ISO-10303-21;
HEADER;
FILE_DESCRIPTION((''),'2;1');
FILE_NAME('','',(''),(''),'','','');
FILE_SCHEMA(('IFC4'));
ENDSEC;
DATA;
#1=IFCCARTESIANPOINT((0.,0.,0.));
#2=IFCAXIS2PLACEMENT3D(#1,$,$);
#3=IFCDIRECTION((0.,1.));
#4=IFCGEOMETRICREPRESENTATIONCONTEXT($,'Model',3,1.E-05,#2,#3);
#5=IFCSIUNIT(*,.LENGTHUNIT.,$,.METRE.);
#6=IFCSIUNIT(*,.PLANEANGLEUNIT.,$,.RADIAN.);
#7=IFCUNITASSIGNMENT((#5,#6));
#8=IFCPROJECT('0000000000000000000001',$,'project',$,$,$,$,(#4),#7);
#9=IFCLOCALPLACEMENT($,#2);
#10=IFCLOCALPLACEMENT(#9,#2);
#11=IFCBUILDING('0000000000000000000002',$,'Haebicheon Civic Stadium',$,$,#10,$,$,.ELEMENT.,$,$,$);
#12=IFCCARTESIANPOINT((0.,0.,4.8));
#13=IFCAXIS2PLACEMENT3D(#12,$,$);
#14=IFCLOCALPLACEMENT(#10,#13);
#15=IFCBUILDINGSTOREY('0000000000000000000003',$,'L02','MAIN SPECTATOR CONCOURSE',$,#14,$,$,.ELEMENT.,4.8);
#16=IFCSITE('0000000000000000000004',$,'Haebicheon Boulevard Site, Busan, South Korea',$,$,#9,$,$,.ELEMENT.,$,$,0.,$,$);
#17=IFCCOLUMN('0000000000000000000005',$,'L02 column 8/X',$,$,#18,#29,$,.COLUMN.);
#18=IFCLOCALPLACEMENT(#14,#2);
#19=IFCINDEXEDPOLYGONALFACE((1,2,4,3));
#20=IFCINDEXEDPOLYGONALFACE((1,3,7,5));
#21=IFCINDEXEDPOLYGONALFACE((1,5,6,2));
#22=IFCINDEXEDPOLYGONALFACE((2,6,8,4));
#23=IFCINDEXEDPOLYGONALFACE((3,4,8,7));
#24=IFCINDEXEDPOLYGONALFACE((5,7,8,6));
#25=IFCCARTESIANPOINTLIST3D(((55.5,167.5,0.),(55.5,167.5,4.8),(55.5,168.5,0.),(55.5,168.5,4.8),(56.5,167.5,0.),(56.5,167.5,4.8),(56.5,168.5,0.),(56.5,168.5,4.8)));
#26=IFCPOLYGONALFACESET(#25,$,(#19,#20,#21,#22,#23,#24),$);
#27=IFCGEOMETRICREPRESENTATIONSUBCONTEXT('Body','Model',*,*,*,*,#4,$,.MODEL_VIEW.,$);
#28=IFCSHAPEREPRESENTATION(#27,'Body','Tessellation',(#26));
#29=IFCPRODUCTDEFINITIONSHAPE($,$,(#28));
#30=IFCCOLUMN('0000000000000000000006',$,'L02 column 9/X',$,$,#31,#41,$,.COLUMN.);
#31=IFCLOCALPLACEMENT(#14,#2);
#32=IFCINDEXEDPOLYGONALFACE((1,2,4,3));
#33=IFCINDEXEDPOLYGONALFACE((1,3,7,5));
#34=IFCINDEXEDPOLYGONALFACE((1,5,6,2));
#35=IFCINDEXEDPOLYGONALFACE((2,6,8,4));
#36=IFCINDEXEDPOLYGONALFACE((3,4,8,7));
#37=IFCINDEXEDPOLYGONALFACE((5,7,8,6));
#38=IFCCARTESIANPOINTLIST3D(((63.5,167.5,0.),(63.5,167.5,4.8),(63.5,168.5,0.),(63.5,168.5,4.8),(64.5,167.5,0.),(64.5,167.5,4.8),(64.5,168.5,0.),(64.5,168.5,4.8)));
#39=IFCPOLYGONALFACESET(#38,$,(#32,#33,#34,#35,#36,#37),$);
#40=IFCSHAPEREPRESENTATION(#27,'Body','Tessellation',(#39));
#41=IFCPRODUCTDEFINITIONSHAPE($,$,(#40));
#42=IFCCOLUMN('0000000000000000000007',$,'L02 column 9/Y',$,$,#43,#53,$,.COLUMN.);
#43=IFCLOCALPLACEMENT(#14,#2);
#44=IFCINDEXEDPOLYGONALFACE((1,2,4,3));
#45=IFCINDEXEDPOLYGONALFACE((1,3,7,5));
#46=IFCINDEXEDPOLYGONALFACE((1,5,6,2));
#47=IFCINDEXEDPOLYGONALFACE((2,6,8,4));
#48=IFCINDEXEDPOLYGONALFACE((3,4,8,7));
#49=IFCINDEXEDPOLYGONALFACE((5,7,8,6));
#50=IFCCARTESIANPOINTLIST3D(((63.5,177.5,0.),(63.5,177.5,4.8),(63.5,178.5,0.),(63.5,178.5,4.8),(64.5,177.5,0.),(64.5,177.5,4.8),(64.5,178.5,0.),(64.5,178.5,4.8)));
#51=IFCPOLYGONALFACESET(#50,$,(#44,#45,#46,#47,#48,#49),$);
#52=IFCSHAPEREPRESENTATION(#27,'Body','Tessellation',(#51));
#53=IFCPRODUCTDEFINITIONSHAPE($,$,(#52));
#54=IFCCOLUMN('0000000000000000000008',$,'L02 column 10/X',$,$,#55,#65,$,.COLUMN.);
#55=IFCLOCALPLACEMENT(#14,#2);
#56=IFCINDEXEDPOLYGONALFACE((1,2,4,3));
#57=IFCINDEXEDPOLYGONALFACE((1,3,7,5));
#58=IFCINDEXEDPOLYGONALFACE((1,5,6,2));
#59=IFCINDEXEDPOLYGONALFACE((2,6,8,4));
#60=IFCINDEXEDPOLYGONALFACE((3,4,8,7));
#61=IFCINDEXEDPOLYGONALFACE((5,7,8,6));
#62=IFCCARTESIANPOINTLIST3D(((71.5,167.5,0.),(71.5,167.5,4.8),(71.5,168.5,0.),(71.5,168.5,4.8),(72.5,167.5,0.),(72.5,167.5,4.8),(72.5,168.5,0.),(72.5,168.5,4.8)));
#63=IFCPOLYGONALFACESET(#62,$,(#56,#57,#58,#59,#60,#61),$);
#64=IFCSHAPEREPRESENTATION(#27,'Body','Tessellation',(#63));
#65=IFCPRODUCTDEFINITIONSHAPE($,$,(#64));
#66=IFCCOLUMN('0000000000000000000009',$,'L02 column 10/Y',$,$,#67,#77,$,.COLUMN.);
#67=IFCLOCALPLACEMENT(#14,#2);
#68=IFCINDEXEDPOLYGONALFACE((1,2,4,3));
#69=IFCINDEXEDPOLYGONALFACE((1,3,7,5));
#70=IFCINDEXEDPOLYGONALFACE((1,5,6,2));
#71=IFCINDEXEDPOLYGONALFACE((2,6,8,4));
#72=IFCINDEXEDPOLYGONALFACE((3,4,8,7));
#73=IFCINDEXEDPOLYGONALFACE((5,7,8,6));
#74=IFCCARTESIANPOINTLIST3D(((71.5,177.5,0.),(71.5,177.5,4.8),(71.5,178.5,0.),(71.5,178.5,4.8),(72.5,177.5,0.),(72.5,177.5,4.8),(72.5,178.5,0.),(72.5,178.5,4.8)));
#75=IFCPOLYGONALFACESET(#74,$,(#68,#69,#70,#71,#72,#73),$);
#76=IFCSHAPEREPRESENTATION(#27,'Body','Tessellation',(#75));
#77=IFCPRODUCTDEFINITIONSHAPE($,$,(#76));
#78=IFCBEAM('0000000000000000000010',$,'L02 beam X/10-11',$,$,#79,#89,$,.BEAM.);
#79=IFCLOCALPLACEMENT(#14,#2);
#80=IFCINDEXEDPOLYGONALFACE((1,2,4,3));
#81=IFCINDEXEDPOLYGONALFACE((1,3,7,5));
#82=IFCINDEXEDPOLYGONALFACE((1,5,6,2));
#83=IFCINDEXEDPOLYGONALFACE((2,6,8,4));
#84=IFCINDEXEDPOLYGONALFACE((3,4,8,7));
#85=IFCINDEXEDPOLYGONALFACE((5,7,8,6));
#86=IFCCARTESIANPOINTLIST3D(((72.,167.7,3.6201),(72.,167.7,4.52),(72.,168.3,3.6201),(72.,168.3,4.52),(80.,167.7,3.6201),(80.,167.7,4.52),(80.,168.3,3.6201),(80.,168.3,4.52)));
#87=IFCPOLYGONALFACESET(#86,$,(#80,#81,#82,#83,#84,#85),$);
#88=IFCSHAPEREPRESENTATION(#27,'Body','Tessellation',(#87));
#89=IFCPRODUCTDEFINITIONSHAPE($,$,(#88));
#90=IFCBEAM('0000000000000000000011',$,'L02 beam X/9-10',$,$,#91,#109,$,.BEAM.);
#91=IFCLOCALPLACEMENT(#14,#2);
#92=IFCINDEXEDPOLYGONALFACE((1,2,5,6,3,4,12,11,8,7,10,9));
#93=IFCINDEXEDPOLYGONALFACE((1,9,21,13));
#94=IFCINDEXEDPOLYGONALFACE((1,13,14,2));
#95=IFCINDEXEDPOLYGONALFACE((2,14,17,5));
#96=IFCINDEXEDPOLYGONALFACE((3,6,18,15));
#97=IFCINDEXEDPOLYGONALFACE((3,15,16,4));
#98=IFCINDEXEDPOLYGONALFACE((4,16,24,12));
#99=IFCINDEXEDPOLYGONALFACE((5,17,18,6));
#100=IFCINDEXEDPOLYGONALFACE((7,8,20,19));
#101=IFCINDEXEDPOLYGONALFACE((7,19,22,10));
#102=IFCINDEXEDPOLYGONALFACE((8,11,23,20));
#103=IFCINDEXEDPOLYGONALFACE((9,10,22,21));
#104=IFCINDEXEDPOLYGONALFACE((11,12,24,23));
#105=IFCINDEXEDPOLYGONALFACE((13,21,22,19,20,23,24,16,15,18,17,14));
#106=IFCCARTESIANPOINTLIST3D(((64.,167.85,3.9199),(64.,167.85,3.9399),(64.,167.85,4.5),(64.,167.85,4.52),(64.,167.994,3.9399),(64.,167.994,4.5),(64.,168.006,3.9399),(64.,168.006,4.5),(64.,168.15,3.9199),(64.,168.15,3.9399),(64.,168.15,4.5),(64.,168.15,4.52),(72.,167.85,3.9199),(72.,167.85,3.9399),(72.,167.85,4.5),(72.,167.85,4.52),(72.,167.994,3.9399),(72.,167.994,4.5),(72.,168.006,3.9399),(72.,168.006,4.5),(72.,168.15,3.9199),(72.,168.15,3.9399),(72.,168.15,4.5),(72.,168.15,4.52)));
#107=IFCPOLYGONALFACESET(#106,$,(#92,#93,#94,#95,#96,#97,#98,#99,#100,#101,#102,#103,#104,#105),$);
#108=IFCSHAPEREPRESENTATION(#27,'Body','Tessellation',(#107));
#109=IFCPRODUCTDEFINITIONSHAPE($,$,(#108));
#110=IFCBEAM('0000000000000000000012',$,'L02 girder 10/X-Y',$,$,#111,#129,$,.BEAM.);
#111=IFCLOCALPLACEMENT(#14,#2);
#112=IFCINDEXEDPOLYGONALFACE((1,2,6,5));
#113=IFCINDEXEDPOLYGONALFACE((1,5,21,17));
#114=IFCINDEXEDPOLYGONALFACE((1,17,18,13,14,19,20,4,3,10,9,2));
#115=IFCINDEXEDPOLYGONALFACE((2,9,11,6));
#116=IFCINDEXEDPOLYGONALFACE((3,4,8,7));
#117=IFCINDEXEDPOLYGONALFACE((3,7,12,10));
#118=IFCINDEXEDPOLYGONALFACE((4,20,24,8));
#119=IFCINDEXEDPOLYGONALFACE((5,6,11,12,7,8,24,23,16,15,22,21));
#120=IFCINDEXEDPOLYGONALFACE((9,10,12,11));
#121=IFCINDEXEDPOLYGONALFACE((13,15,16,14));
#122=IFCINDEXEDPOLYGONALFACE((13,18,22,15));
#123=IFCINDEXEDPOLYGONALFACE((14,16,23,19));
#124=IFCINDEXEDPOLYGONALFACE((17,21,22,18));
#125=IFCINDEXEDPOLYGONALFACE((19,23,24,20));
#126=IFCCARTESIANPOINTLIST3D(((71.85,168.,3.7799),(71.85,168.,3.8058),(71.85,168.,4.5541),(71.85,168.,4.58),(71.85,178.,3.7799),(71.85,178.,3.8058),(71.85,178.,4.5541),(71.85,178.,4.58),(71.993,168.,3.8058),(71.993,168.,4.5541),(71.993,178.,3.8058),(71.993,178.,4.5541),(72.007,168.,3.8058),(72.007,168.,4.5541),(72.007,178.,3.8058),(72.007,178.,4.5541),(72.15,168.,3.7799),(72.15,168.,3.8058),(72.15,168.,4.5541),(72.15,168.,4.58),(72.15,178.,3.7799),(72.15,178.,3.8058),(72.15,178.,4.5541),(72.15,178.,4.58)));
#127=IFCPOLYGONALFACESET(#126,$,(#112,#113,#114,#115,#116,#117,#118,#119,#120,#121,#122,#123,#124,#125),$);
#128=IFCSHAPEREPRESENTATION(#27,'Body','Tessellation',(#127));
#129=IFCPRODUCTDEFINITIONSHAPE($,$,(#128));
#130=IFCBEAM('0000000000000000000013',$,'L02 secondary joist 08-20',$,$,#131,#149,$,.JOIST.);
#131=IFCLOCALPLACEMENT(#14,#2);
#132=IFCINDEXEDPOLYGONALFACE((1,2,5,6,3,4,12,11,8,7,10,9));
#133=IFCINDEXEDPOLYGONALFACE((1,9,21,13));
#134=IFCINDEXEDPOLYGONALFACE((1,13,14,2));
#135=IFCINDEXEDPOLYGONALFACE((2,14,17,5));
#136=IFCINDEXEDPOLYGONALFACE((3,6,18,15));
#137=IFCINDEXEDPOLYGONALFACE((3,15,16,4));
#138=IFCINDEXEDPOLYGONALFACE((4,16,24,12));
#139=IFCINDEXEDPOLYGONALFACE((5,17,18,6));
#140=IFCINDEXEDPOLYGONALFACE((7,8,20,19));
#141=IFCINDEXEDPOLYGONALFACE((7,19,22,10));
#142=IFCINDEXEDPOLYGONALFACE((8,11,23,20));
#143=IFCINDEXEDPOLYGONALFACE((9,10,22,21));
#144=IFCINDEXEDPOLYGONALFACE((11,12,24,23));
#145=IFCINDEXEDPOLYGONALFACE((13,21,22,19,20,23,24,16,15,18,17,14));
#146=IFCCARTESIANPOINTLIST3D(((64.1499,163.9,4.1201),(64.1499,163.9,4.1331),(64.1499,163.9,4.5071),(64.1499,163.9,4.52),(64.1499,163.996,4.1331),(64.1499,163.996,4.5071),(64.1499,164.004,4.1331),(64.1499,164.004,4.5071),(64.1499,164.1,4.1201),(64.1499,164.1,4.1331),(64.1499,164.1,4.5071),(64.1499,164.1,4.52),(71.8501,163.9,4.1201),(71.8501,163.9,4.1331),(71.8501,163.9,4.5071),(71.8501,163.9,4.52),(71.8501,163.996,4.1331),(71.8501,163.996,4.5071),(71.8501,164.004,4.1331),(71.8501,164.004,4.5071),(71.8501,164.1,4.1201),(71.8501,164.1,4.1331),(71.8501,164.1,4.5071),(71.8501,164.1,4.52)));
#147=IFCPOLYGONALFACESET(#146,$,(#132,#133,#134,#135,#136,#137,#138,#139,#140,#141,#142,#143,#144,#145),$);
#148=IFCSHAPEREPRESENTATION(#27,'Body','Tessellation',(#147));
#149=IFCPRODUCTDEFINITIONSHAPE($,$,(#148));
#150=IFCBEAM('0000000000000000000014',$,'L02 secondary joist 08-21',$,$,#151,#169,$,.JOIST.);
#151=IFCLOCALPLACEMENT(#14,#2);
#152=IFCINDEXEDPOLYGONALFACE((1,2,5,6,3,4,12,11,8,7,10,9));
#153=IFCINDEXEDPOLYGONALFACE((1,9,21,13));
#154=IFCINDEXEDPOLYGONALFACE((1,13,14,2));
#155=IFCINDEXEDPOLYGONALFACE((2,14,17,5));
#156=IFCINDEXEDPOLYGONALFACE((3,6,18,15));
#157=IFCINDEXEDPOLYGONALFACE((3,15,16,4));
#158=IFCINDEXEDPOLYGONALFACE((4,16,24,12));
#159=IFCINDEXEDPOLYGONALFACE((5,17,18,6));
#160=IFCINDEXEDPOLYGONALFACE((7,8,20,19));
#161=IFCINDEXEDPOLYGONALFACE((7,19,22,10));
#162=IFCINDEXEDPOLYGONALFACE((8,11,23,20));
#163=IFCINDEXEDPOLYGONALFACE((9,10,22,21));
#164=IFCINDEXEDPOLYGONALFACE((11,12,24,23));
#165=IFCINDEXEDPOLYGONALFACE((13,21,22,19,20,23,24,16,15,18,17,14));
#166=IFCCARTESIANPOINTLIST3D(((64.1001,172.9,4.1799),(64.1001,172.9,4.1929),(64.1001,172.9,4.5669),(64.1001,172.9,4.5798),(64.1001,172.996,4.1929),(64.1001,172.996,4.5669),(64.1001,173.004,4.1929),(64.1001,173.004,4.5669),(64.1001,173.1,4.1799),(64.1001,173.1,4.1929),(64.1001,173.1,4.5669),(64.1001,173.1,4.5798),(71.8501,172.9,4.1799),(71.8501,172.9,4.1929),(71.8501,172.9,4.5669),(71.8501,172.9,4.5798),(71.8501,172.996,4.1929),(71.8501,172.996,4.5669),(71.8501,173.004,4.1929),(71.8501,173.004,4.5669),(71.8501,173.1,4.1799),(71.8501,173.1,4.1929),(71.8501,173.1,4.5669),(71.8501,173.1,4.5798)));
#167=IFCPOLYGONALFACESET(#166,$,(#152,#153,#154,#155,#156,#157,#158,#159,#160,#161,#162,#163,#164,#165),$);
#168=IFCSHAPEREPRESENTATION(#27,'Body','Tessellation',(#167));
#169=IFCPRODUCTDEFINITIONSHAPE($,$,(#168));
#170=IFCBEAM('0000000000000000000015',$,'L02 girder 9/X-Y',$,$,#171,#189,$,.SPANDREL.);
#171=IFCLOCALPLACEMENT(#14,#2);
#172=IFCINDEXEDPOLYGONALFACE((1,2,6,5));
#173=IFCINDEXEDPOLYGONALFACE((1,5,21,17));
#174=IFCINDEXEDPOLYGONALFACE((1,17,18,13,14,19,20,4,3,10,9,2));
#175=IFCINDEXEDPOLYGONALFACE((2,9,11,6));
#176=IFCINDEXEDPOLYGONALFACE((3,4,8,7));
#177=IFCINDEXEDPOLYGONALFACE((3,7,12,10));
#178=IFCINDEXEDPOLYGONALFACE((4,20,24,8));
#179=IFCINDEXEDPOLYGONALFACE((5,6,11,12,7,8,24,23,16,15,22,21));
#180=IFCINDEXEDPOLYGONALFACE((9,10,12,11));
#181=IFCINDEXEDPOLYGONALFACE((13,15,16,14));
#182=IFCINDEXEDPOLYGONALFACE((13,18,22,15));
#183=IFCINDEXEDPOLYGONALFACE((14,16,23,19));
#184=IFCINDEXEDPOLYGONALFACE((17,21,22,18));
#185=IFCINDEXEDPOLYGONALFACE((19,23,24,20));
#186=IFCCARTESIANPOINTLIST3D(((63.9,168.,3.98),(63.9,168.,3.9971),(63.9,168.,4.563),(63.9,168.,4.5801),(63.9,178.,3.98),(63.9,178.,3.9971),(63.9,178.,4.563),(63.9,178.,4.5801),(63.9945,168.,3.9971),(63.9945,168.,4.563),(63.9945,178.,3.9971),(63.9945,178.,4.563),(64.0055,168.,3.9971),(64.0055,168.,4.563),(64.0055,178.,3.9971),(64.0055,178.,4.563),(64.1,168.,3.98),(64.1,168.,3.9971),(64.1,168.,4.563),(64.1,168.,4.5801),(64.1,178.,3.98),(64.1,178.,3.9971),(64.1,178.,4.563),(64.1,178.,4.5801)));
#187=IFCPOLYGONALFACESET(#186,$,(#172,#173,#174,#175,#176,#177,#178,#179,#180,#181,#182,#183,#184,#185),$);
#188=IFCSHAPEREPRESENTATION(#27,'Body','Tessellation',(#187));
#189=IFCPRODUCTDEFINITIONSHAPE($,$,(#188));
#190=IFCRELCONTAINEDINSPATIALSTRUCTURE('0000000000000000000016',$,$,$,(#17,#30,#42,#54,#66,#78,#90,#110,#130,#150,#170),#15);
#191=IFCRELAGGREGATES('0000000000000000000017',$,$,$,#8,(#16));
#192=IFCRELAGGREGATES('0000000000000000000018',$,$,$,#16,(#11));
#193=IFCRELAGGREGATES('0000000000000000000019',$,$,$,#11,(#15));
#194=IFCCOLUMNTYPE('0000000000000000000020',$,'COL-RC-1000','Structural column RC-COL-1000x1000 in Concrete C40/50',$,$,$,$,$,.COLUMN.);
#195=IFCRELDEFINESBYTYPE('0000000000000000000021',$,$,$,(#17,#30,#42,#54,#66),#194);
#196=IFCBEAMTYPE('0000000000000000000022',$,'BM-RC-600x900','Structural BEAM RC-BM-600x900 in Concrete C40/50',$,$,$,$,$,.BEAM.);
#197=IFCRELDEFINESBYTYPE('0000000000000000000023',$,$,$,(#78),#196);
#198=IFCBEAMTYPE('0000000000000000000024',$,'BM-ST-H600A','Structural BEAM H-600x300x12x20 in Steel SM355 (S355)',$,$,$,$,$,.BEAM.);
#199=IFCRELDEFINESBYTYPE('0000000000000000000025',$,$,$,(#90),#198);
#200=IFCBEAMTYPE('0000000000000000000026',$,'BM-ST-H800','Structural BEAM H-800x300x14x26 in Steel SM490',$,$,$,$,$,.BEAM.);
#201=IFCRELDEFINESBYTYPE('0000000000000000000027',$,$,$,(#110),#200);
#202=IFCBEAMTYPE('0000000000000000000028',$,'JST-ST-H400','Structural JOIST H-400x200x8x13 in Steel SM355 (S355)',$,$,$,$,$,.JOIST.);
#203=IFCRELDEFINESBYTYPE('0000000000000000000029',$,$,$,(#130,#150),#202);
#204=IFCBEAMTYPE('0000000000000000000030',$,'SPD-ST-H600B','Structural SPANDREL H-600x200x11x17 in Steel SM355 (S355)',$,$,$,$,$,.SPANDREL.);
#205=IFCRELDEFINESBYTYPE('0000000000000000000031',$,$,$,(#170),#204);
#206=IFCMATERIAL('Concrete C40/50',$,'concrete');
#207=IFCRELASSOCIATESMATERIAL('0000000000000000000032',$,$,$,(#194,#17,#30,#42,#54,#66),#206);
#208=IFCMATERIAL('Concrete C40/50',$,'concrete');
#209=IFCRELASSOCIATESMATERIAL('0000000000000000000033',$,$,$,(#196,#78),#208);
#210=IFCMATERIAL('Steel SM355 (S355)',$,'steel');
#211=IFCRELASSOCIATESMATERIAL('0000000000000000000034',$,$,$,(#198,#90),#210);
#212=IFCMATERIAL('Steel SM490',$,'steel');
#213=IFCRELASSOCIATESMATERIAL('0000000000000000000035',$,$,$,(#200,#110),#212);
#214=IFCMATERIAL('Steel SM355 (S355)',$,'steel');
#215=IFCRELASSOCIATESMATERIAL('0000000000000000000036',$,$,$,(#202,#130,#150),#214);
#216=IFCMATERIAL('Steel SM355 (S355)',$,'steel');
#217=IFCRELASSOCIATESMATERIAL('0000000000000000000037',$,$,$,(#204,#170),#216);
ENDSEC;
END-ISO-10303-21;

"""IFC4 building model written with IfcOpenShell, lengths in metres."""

from ifc_helpers import new_model, si_unit, direction, frame, origin, origin_2d, place, context, subcontext, project, spatial, rectangle, i_section, extrude, material, material_profile, profile_set, type_object, element, save


model = new_model("IFC4")

# Units and contexts
model_context = context("Model", 3, precision=1e-05, world=origin(), true_north=direction((0.0, 1.0)))
body_context = subcontext(model_context, "Body", "Model", "MODEL_VIEW")
ifc_project = project(units=[si_unit("LENGTHUNIT", "METRE"), si_unit("PLANEANGLEUNIT", "RADIAN")], contexts=[model_context])

# Site, building, storey
site_placement = place(None, origin())
site = spatial("IfcSite", under=ifc_project, at=site_placement, Name="Haebicheon Boulevard Site, Busan, South Korea", CompositionType="ELEMENT", RefElevation=0.0)
building_placement = place(site_placement, origin())
building = spatial("IfcBuilding", under=site, at=building_placement, Name="Haebicheon Civic Stadium", CompositionType="ELEMENT")
storey_placement = place(building_placement, frame((0.0, 0.0, 4.8)))
storey = spatial("IfcBuildingStorey", under=building, at=storey_placement, Name="L02", Description="MAIN SPECTATOR CONCOURSE", CompositionType="ELEMENT", Elevation=4.8)

# Columns
ifc_material_1 = material(Name="Concrete C40/50", Category="concrete")
ifc_material_profile_1 = material_profile(ifc_material_1, rectangle(XDim=1.0, YDim=1.0, at=origin_2d()), Name="RC-COL-1000x1000")
ifc_profile_set_1 = profile_set([ifc_material_profile_1], Name="Concrete C40/50")
column_type = type_object("IfcColumnType", Name="COL-RC-1000", Description="Structural column RC-COL-1000x1000 in Concrete C40/50", PredefinedType="COLUMN", material=ifc_profile_set_1)
for number, where, z_axis, x_axis, name in (
    (1, (56.0, 168.0, 0.0), (0.0, 0.0, 1.0), (1.0, 0.0, 0.0), "L02 column 8/X"),
    (2, (64.0, 168.0, 0.0), (0.0, 0.0, 1.0), (1.0, 0.0, 0.0), "L02 column 9/X"),
    (3, (64.0, 178.0, 0.0), (0.0, 0.0, 1.0), (1.0, 0.0, 0.0), "L02 column 9/Y"),
    (4, (72.0, 168.0, 0.0), (0.0, 0.0, 1.0), (1.0, 0.0, 0.0), "L02 column 10/X"),
    (5, (72.0, 178.0, 0.0), (0.0, 0.0, 1.0), (1.0, 0.0, 0.0), "L02 column 10/Y"),
):
    element("IfcColumn", number, at=place(storey_placement, frame(where, z_axis=z_axis, x_axis=x_axis)), inside=storey, type_object=column_type, material=ifc_profile_set_1, Name=name, PredefinedType="COLUMN", context=body_context, shape_type="SweptSolid", body=[
        extrude(rectangle(XDim=1.0, YDim=1.0, at=origin_2d()), origin(), (0.0, 0.0, 1.0), 4.8),
    ])

# Beams
ifc_material_2 = material(Name="Concrete C40/50", Category="concrete")
ifc_material_profile_2 = material_profile(ifc_material_2, rectangle(XDim=0.6001, YDim=0.8999, at=origin_2d()), Name="RC-BM-600x900")
ifc_profile_set_2 = profile_set([ifc_material_profile_2], Name="Concrete C40/50")
beam_type_1 = type_object("IfcBeamType", Name="BM-RC-600x900", Description="Structural BEAM RC-BM-600x900 in Concrete C40/50", PredefinedType="BEAM", material=ifc_profile_set_2)
beam_1_placement = place(storey_placement, frame((72.0, 168.0, 4.0701), z_axis=(1.0, 0.0, 0.0), x_axis=(0.0, 1.0, 0.0)))
element("IfcBeam", 6, at=beam_1_placement, inside=storey, type_object=beam_type_1, material=ifc_profile_set_2, Name="L02 beam X/10-11", PredefinedType="BEAM", context=body_context, shape_type="SweptSolid", body=[
    extrude(rectangle(XDim=0.6001, YDim=0.8999, at=origin_2d()), origin(), (0.0, 0.0, 1.0), 8.0),
])
ifc_material_3 = material(Name="Steel SM355 (S355)", Category="steel")
ifc_material_profile_3 = material_profile(ifc_material_3, i_section(OverallWidth=0.3, OverallDepth=0.6001, WebThickness=0.012, FlangeThickness=0.02, at=origin_2d()), Name="H-600x300x12x20")
ifc_profile_set_3 = profile_set([ifc_material_profile_3], Name="Steel SM355 (S355)")
beam_type_2 = type_object("IfcBeamType", Name="BM-ST-H600A", Description="Structural BEAM H-600x300x12x20 in Steel SM355 (S355)", PredefinedType="BEAM", material=ifc_profile_set_3)
beam_2_placement = place(storey_placement, frame((64.0, 168.0, 4.22), z_axis=(1.0, 0.0, 0.0), x_axis=(0.0, 1.0, 0.0)))
element("IfcBeam", 7, at=beam_2_placement, inside=storey, type_object=beam_type_2, material=ifc_profile_set_3, Name="L02 beam X/9-10", PredefinedType="BEAM", context=body_context, shape_type="SweptSolid", body=[
    extrude(i_section(OverallWidth=0.3, OverallDepth=0.6001, WebThickness=0.012, FlangeThickness=0.02, at=origin_2d()), origin(), (0.0, 0.0, 1.0), 8.0),
])
ifc_material_4 = material(Name="Steel SM490", Category="steel")
ifc_material_profile_4 = material_profile(ifc_material_4, i_section(OverallWidth=0.3, OverallDepth=0.8, WebThickness=0.0139, FlangeThickness=0.0259, at=origin_2d()), Name="H-800x300x14x26")
ifc_profile_set_4 = profile_set([ifc_material_profile_4], Name="Steel SM490")
beam_type_3 = type_object("IfcBeamType", Name="BM-ST-H800", Description="Structural BEAM H-800x300x14x26 in Steel SM490", PredefinedType="BEAM", material=ifc_profile_set_4)
beam_3_placement = place(storey_placement, frame((72.0, 168.0, 4.1799), z_axis=(0.0, 1.0, 0.0), x_axis=(-1.0, 0.0, 0.0)))
element("IfcBeam", 8, at=beam_3_placement, inside=storey, type_object=beam_type_3, material=ifc_profile_set_4, Name="L02 girder 10/X-Y", PredefinedType="BEAM", context=body_context, shape_type="SweptSolid", body=[
    extrude(i_section(OverallWidth=0.3, OverallDepth=0.8, WebThickness=0.0139, FlangeThickness=0.0259, at=origin_2d()), origin(), (0.0, 0.0, 1.0), 10.0),
])
ifc_material_5 = material(Name="Steel SM355 (S355)", Category="steel")
ifc_material_profile_5 = material_profile(ifc_material_5, i_section(OverallWidth=0.2, OverallDepth=0.3999, WebThickness=0.0081, FlangeThickness=0.0129, at=origin_2d()), Name="H-400x200x8x13")
ifc_profile_set_5 = profile_set([ifc_material_profile_5], Name="Steel SM355 (S355)")
beam_type_4 = type_object("IfcBeamType", Name="JST-ST-H400", Description="Structural JOIST H-400x200x8x13 in Steel SM355 (S355)", PredefinedType="JOIST", material=ifc_profile_set_5)
beam_4_placement = place(storey_placement, frame((64.1499, 164.0, 4.3201), z_axis=(1.0, 0.0, 0.0), x_axis=(0.0, 1.0, 0.0)))
element("IfcBeam", 9, at=beam_4_placement, inside=storey, type_object=beam_type_4, material=ifc_profile_set_5, Name="L02 secondary joist 08-20", PredefinedType="JOIST", context=body_context, shape_type="SweptSolid", body=[
    extrude(i_section(OverallWidth=0.2, OverallDepth=0.3999, WebThickness=0.0081, FlangeThickness=0.0129, at=origin_2d()), origin(), (0.0, 0.0, 1.0), 7.7002),
])
beam_5_placement = place(storey_placement, frame((64.1001, 173.0, 4.3799), z_axis=(1.0, 0.0, 0.0), x_axis=(0.0, 1.0, 0.0)))
element("IfcBeam", 10, at=beam_5_placement, inside=storey, type_object=beam_type_4, material=ifc_profile_set_5, Name="L02 secondary joist 08-21", PredefinedType="JOIST", context=body_context, shape_type="SweptSolid", body=[
    extrude(i_section(OverallWidth=0.2, OverallDepth=0.3999, WebThickness=0.0081, FlangeThickness=0.0129, at=origin_2d()), origin(), (0.0, 0.0, 1.0), 7.75),
])
ifc_material_6 = material(Name="Steel SM355 (S355)", Category="steel")
ifc_material_profile_6 = material_profile(ifc_material_6, i_section(OverallWidth=0.2, OverallDepth=0.6001, WebThickness=0.011, FlangeThickness=0.0171, at=origin_2d()), Name="H-600x200x11x17")
ifc_profile_set_6 = profile_set([ifc_material_profile_6], Name="Steel SM355 (S355)")
beam_type_5 = type_object("IfcBeamType", Name="SPD-ST-H600B", Description="Structural SPANDREL H-600x200x11x17 in Steel SM355 (S355)", PredefinedType="SPANDREL", material=ifc_profile_set_6)
beam_6_placement = place(storey_placement, frame((64.0, 168.0, 4.28), z_axis=(0.0, 1.0, 0.0), x_axis=(-1.0, 0.0, 0.0)))
element("IfcBeam", 11, at=beam_6_placement, inside=storey, type_object=beam_type_5, material=ifc_profile_set_6, Name="L02 girder 9/X-Y", PredefinedType="SPANDREL", context=body_context, shape_type="SweptSolid", body=[
    extrude(i_section(OverallWidth=0.2, OverallDepth=0.6001, WebThickness=0.011, FlangeThickness=0.0171, at=origin_2d()), origin(), (0.0, 0.0, 1.0), 10.0),
])

save(model, "model.ifc")
